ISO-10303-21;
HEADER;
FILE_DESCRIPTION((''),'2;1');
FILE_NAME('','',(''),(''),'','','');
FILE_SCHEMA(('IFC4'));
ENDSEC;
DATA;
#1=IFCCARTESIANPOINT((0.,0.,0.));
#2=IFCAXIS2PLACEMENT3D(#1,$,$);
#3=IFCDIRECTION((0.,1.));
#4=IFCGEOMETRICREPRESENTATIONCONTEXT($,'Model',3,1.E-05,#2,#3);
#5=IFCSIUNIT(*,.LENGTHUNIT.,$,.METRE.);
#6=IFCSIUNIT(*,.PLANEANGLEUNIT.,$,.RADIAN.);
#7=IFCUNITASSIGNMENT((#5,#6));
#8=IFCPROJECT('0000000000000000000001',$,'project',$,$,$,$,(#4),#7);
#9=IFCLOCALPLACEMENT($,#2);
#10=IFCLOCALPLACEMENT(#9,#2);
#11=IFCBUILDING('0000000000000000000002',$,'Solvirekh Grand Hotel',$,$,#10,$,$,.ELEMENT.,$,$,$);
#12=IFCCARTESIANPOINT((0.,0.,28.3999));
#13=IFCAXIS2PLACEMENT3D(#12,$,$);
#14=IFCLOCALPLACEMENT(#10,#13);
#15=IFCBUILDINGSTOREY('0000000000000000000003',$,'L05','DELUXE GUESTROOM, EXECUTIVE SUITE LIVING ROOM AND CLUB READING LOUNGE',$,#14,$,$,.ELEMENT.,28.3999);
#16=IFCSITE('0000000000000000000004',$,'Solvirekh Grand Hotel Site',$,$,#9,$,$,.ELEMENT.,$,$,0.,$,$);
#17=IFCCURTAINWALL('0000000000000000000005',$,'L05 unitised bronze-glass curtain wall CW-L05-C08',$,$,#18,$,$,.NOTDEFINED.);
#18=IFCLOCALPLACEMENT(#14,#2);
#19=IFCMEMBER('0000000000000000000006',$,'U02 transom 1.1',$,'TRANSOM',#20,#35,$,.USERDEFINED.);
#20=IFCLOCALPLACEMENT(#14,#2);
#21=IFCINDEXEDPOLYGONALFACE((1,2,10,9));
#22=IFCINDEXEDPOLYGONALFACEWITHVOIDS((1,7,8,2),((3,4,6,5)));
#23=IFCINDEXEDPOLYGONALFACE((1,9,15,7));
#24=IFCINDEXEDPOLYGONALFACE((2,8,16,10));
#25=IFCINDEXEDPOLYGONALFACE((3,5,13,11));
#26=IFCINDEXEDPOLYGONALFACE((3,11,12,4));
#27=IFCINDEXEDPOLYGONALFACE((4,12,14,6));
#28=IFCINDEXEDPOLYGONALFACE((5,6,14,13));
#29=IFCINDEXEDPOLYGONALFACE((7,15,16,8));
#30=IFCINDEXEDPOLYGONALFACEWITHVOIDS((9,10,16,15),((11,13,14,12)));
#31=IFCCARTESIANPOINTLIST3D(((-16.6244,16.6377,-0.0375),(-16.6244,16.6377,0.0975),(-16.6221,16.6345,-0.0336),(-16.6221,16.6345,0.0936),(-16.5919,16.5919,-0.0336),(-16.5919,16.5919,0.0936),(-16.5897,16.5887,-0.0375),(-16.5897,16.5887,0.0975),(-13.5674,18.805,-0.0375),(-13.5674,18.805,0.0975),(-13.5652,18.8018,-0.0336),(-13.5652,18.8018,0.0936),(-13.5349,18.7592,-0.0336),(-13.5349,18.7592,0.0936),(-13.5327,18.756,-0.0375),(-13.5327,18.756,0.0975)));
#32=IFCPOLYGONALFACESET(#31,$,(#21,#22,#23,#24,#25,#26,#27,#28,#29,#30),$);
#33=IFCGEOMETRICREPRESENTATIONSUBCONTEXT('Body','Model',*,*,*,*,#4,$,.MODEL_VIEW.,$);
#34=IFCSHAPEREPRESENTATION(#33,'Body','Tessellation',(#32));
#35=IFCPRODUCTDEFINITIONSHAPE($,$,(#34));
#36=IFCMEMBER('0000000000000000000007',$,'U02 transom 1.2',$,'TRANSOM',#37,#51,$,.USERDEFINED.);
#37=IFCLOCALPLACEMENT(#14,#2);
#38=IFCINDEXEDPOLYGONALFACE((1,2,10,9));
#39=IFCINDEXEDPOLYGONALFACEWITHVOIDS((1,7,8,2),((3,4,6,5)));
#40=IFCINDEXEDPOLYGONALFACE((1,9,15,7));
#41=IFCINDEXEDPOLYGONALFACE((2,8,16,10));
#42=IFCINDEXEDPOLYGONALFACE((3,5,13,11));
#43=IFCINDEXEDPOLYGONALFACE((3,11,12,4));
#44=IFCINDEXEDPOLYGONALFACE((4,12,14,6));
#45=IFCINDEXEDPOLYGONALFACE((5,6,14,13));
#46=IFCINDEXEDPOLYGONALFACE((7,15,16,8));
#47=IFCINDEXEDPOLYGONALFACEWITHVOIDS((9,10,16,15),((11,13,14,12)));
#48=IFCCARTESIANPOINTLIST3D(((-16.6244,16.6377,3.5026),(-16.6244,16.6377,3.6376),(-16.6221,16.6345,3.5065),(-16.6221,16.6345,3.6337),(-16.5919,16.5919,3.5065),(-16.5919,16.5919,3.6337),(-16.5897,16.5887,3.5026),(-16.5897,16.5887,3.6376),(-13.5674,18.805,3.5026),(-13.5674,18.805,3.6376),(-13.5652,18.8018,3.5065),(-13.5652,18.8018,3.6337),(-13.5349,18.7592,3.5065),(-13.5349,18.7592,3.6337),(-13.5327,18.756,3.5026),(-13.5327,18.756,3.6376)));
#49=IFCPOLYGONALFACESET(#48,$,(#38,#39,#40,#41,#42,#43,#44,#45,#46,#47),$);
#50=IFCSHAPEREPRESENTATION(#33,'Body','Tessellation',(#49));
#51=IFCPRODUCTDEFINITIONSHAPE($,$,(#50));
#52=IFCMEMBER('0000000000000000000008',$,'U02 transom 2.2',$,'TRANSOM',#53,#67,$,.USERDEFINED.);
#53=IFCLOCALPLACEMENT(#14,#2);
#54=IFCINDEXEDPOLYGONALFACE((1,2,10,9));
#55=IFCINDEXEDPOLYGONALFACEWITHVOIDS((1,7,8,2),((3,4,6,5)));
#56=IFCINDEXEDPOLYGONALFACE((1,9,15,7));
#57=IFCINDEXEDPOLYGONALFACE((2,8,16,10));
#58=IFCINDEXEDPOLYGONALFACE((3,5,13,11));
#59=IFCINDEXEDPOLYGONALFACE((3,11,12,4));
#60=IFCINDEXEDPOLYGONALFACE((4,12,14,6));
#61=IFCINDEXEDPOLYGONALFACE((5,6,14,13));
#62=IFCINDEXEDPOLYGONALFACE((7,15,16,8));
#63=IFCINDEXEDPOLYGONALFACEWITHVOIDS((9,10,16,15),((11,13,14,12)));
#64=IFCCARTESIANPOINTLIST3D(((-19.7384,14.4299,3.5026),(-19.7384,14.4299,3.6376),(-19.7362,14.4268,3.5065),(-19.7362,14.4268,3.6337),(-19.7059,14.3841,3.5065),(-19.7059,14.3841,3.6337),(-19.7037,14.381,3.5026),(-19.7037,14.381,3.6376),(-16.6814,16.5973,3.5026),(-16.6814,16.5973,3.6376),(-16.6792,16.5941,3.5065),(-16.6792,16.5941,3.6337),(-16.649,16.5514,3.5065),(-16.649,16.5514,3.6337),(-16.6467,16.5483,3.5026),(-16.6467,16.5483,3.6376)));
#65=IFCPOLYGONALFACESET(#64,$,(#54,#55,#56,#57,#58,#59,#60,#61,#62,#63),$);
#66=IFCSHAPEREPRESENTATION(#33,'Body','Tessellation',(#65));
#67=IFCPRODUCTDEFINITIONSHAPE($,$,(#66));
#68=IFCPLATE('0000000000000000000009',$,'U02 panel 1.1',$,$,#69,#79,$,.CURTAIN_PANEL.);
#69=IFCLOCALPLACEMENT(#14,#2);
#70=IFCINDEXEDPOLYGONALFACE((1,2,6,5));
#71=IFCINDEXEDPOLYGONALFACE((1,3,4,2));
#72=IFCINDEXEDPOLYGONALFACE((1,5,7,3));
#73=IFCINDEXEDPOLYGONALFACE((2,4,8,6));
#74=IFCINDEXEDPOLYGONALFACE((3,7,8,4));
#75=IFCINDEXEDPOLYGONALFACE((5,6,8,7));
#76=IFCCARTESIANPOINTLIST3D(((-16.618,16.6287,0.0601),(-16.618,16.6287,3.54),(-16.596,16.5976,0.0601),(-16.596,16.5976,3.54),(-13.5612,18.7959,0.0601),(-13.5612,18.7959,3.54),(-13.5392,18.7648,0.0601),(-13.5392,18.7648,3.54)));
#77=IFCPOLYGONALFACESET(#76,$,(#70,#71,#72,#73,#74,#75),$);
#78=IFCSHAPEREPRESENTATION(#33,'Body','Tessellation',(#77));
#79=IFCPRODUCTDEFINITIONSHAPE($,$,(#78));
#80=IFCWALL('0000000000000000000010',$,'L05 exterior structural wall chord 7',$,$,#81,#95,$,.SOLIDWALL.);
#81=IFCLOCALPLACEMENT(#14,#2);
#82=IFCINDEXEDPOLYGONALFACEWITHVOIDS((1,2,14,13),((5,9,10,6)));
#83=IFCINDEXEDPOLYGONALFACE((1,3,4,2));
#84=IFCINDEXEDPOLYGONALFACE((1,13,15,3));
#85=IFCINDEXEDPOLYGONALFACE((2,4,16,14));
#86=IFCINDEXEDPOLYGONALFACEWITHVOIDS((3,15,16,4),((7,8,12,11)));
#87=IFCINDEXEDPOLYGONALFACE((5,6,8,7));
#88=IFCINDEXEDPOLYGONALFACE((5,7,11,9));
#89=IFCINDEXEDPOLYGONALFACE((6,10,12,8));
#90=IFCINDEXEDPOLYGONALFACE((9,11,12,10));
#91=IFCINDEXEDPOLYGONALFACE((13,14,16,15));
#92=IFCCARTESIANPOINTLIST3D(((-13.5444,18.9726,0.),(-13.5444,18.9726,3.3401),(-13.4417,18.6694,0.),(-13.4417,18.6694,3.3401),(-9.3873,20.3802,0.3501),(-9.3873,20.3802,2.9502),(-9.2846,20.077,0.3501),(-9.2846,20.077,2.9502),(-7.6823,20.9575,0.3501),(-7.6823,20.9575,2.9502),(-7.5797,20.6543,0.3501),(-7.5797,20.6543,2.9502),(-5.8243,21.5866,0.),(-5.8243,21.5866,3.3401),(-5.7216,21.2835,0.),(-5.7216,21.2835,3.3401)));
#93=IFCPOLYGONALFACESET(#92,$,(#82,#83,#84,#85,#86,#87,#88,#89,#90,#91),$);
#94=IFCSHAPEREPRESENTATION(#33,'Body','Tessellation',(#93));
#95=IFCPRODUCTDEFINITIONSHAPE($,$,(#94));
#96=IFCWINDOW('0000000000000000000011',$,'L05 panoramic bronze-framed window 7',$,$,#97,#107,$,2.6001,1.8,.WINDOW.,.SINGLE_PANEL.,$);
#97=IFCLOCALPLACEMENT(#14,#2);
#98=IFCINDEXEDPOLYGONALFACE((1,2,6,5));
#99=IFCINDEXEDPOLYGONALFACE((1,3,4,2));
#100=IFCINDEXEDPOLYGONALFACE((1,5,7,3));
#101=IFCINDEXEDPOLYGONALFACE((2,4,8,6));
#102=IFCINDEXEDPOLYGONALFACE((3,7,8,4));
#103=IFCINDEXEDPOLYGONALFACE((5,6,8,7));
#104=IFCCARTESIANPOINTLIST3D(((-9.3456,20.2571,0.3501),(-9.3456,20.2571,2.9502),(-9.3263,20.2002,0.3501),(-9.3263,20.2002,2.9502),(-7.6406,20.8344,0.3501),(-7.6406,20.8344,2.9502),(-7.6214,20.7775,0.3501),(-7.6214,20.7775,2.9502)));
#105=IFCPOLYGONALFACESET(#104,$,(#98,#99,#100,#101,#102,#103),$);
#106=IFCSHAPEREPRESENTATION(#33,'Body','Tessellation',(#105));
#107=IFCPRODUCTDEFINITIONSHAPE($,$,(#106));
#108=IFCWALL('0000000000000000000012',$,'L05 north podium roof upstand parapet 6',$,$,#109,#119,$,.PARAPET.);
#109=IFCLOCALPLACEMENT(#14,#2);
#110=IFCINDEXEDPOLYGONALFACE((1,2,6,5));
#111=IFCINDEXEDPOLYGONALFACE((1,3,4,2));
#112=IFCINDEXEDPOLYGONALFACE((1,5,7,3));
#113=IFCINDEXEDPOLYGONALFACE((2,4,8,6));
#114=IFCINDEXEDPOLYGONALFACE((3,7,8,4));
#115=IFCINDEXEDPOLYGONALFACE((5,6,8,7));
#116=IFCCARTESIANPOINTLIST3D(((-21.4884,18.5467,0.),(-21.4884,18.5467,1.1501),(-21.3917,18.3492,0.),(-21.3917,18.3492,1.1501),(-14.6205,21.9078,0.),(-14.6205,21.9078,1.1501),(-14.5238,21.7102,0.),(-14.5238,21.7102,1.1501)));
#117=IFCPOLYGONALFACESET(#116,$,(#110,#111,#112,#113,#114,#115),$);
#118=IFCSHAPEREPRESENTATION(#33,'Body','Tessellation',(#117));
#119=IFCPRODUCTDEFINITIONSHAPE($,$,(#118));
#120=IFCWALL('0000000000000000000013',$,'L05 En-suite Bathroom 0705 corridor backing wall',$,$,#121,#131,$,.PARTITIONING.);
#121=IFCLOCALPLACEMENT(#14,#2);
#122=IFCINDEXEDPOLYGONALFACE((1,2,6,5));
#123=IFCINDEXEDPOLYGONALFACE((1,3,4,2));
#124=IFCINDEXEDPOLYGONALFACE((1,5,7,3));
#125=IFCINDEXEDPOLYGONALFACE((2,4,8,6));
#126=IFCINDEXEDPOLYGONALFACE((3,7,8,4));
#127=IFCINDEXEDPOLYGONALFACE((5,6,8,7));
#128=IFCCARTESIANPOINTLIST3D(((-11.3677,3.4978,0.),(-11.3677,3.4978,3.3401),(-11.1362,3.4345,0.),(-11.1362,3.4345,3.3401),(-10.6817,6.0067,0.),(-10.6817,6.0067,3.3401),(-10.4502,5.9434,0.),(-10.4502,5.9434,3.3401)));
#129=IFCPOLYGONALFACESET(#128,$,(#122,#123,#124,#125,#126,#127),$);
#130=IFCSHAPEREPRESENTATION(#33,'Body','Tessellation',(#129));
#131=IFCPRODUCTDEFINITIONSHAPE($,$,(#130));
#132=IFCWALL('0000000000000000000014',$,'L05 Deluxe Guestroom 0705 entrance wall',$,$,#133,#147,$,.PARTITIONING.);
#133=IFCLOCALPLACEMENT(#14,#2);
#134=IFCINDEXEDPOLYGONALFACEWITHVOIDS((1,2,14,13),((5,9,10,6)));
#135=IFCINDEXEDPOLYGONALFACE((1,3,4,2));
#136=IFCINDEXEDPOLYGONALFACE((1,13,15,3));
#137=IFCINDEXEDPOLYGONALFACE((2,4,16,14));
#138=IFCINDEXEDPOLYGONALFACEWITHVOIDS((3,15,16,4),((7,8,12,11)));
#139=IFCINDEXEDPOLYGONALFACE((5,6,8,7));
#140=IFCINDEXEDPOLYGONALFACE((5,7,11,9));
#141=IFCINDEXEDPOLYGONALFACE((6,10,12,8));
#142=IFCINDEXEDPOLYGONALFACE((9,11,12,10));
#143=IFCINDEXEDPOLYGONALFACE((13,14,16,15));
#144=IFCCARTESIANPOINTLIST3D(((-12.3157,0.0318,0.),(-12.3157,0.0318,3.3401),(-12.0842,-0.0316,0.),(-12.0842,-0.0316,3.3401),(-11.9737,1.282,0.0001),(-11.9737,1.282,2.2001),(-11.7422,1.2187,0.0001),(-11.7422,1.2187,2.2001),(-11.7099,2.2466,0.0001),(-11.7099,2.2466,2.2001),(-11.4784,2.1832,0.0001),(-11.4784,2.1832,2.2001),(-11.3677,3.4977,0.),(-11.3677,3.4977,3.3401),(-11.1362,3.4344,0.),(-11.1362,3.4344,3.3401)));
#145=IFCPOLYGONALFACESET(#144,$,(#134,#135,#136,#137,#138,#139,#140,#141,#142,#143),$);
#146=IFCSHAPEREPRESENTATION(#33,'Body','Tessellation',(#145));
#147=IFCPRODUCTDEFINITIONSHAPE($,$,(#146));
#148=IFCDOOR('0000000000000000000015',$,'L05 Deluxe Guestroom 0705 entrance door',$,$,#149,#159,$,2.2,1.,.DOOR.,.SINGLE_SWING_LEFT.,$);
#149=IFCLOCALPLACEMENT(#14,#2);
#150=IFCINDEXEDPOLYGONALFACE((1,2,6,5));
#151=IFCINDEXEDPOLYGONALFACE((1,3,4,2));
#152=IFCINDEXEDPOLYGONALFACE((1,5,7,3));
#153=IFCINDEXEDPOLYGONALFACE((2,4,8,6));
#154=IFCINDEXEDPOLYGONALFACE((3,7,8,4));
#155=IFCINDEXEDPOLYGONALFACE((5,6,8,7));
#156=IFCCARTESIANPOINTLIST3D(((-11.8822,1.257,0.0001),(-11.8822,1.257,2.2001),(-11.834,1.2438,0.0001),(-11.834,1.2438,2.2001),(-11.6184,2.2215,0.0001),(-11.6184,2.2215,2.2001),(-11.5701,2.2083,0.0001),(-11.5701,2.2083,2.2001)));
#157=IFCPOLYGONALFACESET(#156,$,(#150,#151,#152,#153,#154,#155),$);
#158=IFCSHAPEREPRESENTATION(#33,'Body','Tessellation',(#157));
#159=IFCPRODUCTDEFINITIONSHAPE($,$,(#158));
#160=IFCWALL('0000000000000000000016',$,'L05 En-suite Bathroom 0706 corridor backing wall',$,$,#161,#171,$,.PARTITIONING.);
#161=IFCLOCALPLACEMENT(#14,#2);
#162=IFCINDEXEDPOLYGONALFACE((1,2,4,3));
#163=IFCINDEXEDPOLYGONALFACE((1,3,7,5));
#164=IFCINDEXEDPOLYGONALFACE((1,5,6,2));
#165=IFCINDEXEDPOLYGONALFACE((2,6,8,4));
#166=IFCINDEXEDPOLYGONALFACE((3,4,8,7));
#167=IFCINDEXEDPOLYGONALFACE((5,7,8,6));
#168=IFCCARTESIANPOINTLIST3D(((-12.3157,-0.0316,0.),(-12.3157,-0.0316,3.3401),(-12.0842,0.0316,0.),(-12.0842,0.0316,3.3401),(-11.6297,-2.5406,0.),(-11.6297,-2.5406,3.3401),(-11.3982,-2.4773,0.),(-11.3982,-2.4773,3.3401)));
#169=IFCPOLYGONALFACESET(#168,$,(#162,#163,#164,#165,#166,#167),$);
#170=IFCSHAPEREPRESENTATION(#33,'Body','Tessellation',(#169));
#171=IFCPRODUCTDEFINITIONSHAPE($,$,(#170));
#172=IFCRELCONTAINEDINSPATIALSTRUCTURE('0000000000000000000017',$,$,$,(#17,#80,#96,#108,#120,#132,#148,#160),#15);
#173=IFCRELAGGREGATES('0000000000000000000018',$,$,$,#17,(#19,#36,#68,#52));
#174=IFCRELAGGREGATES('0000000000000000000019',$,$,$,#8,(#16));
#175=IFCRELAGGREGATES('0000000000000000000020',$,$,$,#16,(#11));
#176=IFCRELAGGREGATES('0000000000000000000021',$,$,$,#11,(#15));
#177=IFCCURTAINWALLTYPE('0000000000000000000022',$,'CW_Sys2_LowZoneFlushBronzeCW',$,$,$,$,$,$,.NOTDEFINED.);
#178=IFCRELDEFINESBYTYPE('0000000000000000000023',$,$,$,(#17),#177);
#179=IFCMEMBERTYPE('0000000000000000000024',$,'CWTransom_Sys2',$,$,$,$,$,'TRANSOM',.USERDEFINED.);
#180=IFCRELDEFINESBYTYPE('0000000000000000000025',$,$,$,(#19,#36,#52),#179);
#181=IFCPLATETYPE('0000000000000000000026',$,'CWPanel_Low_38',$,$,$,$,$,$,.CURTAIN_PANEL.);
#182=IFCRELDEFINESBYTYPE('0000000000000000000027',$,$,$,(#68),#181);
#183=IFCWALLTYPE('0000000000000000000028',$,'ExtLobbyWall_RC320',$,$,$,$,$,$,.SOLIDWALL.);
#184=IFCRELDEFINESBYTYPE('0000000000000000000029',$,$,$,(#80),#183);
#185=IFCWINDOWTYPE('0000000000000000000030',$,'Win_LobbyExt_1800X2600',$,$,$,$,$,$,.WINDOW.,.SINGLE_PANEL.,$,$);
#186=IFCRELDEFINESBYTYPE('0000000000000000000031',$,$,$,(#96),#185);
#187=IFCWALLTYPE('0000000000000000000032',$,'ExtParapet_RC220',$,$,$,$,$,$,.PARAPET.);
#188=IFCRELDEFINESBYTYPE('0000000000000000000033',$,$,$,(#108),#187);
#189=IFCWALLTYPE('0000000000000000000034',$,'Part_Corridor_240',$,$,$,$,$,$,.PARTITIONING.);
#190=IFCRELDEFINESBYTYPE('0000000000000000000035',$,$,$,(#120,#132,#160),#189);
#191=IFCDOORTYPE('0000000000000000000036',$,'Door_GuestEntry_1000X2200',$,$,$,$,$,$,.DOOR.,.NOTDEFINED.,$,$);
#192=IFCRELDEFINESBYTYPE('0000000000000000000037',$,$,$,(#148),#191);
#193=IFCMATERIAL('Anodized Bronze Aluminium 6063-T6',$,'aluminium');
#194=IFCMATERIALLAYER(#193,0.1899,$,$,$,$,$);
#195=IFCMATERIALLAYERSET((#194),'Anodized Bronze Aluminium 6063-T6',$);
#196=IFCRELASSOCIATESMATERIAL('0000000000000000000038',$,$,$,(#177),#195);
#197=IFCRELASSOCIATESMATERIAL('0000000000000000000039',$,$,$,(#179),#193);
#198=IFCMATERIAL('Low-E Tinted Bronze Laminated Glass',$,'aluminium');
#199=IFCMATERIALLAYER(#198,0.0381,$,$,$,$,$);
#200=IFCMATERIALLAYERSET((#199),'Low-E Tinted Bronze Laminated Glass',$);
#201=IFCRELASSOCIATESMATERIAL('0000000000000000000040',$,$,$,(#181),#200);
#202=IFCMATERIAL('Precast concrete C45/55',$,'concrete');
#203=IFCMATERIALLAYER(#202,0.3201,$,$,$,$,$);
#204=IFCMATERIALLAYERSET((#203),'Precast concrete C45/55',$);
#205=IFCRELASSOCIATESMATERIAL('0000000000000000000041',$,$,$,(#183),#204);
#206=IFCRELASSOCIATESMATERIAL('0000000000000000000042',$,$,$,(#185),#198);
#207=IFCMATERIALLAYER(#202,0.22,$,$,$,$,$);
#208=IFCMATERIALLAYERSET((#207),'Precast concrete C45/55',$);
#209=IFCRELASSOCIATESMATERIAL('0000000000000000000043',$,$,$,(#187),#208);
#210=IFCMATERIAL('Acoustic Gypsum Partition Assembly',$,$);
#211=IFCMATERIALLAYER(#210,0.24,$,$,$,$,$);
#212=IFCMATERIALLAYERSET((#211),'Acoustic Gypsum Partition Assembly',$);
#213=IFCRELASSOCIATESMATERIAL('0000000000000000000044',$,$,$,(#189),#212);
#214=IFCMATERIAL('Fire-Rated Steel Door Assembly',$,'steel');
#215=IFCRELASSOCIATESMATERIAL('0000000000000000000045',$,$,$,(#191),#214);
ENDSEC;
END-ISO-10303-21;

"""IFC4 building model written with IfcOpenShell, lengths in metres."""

from ifc_helpers import new_model, si_unit, direction, frame, frame_2d, origin, origin_2d, place, context, subcontext, project, spatial, rectangle, hollow_rectangle, extrude, source, transform, mapped, material, layer, layer_set, material_profile, profile_set, type_object, element, fill, aggregate, save


model = new_model("IFC4")

# Units and contexts
model_context = context("Model", 3, precision=1e-05, world=origin(), true_north=direction((0.0, 1.0)))
body_context = subcontext(model_context, "Body", "Model", "MODEL_VIEW")
ifc_project = project(units=[si_unit("LENGTHUNIT", "METRE"), si_unit("PLANEANGLEUNIT", "RADIAN")], contexts=[model_context])

# Site, building, storey
site_placement = place(None, origin())
site = spatial("IfcSite", under=ifc_project, at=site_placement, Name="Solvirekh Grand Hotel Site", CompositionType="ELEMENT", RefElevation=0.0)
building_placement = place(site_placement, origin())
building = spatial("IfcBuilding", under=site, at=building_placement, Name="Solvirekh Grand Hotel", CompositionType="ELEMENT")
storey_placement = place(building_placement, frame((0.0, 0.0, 28.3999)))
storey = spatial("IfcBuildingStorey", under=building, at=storey_placement, Name="L05", Description="DELUXE GUESTROOM, EXECUTIVE SUITE LIVING ROOM AND CLUB READING LOUNGE", CompositionType="ELEMENT", Elevation=28.3999)

# Curtain wall, members, plate
ifc_material_1 = material(Name="Anodized Bronze Aluminium 6063-T6", Category="aluminium")
ifc_layer_1 = layer(ifc_material_1, 0.1899)
ifc_layer_set_1 = layer_set([ifc_layer_1], Name="Anodized Bronze Aluminium 6063-T6")
curtain_wall_type = type_object("IfcCurtainWallType", Name="CW_Sys2_LowZoneFlushBronzeCW", PredefinedType="NOTDEFINED", material=ifc_layer_set_1)
curtain_wall_placement = place(storey_placement, origin())
curtain_wall = element("IfcCurtainWall", 1, at=curtain_wall_placement, inside=storey, type_object=curtain_wall_type, Name="L05 unitised bronze-glass curtain wall CW-L05-C08", PredefinedType="NOTDEFINED")
ifc_material_profile_1 = material_profile(ifc_material_1, hollow_rectangle(XDim=0.0601, YDim=0.135, WallThickness=0.0039, at=origin_2d()), Name="ALU RHS 135X60X4")
ifc_profile_set_1 = profile_set([ifc_material_profile_1], Name="Anodized Bronze Aluminium 6063-T6")
member_type_1 = type_object("IfcMemberType", Name="CWTransom_Sys2", ElementType="TRANSOM", PredefinedType="USERDEFINED", material=ifc_profile_set_1)
shared_shape_1 = source(origin(), body_context, "Body", "SweptSolid", [
    extrude(hollow_rectangle(XDim=0.0601, YDim=0.135, WallThickness=0.0039, at=origin_2d()), origin(), (0.0, 0.0, 1.0), 3.7473),
])
member_1_placement = place(storey_placement, frame((-13.55, 18.7805, 0.03), z_axis=(-0.81578, -0.578363, 0.0), x_axis=(0.578363, -0.81578, 0.0)))
member_1 = element("IfcMember", 2, at=member_1_placement, type_object=member_type_1, Name="U02 transom 1.1", ObjectType="TRANSOM", PredefinedType="USERDEFINED", context=body_context, shape_type="MappedRepresentation", body=[
    mapped(shared_shape_1, transform((0.0, 0.0, 0.0), x_axis=(1.0, 0.0, 0.0), y_axis=(0.0, 1.0, 0.0), z_axis=(0.0, 0.0, 1.0), scale=1.0)),
])
member_2_placement = place(storey_placement, frame((-13.55, 18.7805, 3.5701), z_axis=(-0.81578, -0.578363, 0.0), x_axis=(0.578363, -0.81578, 0.0)))
member_2 = element("IfcMember", 3, at=member_2_placement, type_object=member_type_1, Name="U02 transom 1.2", ObjectType="TRANSOM", PredefinedType="USERDEFINED", context=body_context, shape_type="MappedRepresentation", body=[
    mapped(shared_shape_1, transform((0.0, 0.0, 0.0), x_axis=(1.0, 0.0, 0.0), y_axis=(0.0, 1.0, 0.0), z_axis=(0.0, 0.0, 1.0), scale=1.0)),
])
member_3_placement = place(storey_placement, frame((-16.6641, 16.5728, 3.5701), z_axis=(-0.81578, -0.578363, 0.0), x_axis=(0.578363, -0.81578, 0.0)))
member_3 = element("IfcMember", 4, at=member_3_placement, type_object=member_type_1, Name="U02 transom 2.2", ObjectType="TRANSOM", PredefinedType="USERDEFINED", context=body_context, shape_type="MappedRepresentation", body=[
    mapped(shared_shape_1, transform((0.0, 0.0, 0.0), x_axis=(1.0, 0.0, 0.0), y_axis=(0.0, 1.0, 0.0), z_axis=(0.0, 0.0, 1.0), scale=1.0)),
])
ifc_material_2 = material(Name="Low-E Tinted Bronze Laminated Glass", Category="aluminium")
ifc_layer_2 = layer(ifc_material_2, 0.0381)
ifc_layer_set_2 = layer_set([ifc_layer_2], Name="Low-E Tinted Bronze Laminated Glass")
plate_type = type_object("IfcPlateType", Name="CWPanel_Low_38", PredefinedType="CURTAIN_PANEL", material=ifc_layer_set_2)
shared_shape_2 = source(origin(), body_context, "Body", "SweptSolid", [
    extrude(rectangle(XDim=3.7471, YDim=0.0381, at=origin_2d()), origin(), (0.0, 0.0, 1.0), 3.48),
])
plate_placement = place(storey_placement, frame((-15.0786, 17.6968, 0.0601), z_axis=(0.0, 0.0, 1.0), x_axis=(-0.815772, -0.578374, 0.0)))
plate = element("IfcPlate", 5, at=plate_placement, type_object=plate_type, Name="U02 panel 1.1", PredefinedType="CURTAIN_PANEL", context=body_context, shape_type="MappedRepresentation", body=[
    mapped(shared_shape_2, transform((0.0, 0.0, 0.0), x_axis=(1.0, 0.0, 0.0), y_axis=(0.0, 1.0, 0.0), z_axis=(0.0, 0.0, 1.0), scale=1.0)),
])
aggregate(curtain_wall, [member_1, member_2, plate, member_3])

# Wall, opening, window
ifc_material_3 = material(Name="Precast concrete C45/55", Category="concrete")
ifc_layer_3 = layer(ifc_material_3, 0.3201)
ifc_layer_set_3 = layer_set([ifc_layer_3], Name="Precast concrete C45/55")
wall_type_1 = type_object("IfcWallType", Name="ExtLobbyWall_RC320", PredefinedType="SOLIDWALL", material=ifc_layer_set_3)
wall_1_placement = place(storey_placement, frame((-13.4929, 18.821, 0.0), z_axis=(0.0, 0.0, 1.0), x_axis=(0.947175, 0.320717, 0.0)))
wall_1 = element("IfcWall", 6, at=wall_1_placement, inside=storey, type_object=wall_type_1, Name="L05 exterior structural wall chord 7", PredefinedType="SOLIDWALL", context=body_context, shape_type="SweptSolid", body=[
    extrude(rectangle(XDim=8.1506, YDim=0.3201, at=frame_2d((4.0752, 0.0))), origin(), (0.0, 0.0, 1.0), 3.3401),
])
opening_1_placement = place(wall_1_placement, frame((4.3889, 0.0, 0.3501)))
opening_1 = element("IfcOpeningElement", 7, at=opening_1_placement, cuts=wall_1, PredefinedType="OPENING", context=body_context, shape_type="SweptSolid", body=[
    extrude(rectangle(XDim=1.8, YDim=2.6001, at=frame_2d((0.8999, 1.3))), frame((0.0, 0.1699, 0.0), z_axis=(0.0, -1.0, 0.0), x_axis=(1.0, 0.0, 0.0)), (0.0, 0.0, 1.0), 0.3401),
])
window_type = type_object("IfcWindowType", Name="Win_LobbyExt_1800X2600", PartitioningType="SINGLE_PANEL", PredefinedType="WINDOW", material=ifc_material_2)
window_placement = place(opening_1_placement, origin())
window = element("IfcWindow", 8, at=window_placement, inside=storey, type_object=window_type, Name="L05 panoramic bronze-framed window 7", OverallHeight=2.6001, OverallWidth=1.8, PartitioningType="SINGLE_PANEL", PredefinedType="WINDOW", context=body_context, shape_type="SweptSolid", body=[
    extrude(rectangle(XDim=1.8, YDim=2.6001, at=frame_2d((0.8999, 1.3))), frame((0.0, 0.03, 0.0), z_axis=(0.0, -1.0, 0.0), x_axis=(1.0, 0.0, 0.0)), (0.0, 0.0, 1.0), 0.0601),
])
fill(opening_1, window)

# Walls
ifc_layer_4 = layer(ifc_material_3, 0.22)
ifc_layer_set_4 = layer_set([ifc_layer_4], Name="Precast concrete C45/55")
wall_type_2 = type_object("IfcWallType", Name="ExtParapet_RC220", PredefinedType="PARAPET", material=ifc_layer_set_4)
wall_2_placement = place(storey_placement, frame((-14.572, 21.8091, 0.0), z_axis=(0.0, 0.0, 1.0), x_axis=(-0.898207, -0.439573, 0.0)))
element("IfcWall", 9, at=wall_2_placement, inside=storey, type_object=wall_type_2, Name="L05 north podium roof upstand parapet 6", PredefinedType="PARAPET", context=body_context, shape_type="SweptSolid", body=[
    extrude(rectangle(XDim=7.6462, YDim=0.22, at=frame_2d((3.8232, 0.0))), origin(), (0.0, 0.0, 1.0), 1.1501),
])
ifc_material_4 = material(Name="Acoustic Gypsum Partition Assembly")
ifc_layer_5 = layer(ifc_material_4, 0.24)
ifc_layer_set_5 = layer_set([ifc_layer_5], Name="Acoustic Gypsum Partition Assembly")
wall_type_3 = type_object("IfcWallType", Name="Part_Corridor_240", PredefinedType="PARTITIONING", material=ifc_layer_set_5)
wall_3_placement = place(storey_placement, frame((-10.5659, 5.9751, 0.0), z_axis=(0.0, 0.0, 1.0), x_axis=(-0.263745, -0.964593, 0.0)))
element("IfcWall", 10, at=wall_3_placement, inside=storey, type_object=wall_type_3, Name="L05 En-suite Bathroom 0705 corridor backing wall", PredefinedType="PARTITIONING", context=body_context, shape_type="SweptSolid", body=[
    extrude(rectangle(XDim=2.6011, YDim=0.24, at=frame_2d((1.3005, 0.0))), origin(), (0.0, 0.0, 1.0), 3.3401),
])

# Wall, opening, door
wall_4_placement = place(storey_placement, frame((-11.252, 3.4661, 0.0), z_axis=(0.0, 0.0, 1.0), x_axis=(-0.263819, -0.964572, 0.0)))
wall_4 = element("IfcWall", 11, at=wall_4_placement, inside=storey, type_object=wall_type_3, Name="L05 Deluxe Guestroom 0705 entrance wall", PredefinedType="PARTITIONING", context=body_context, shape_type="SweptSolid", body=[
    extrude(rectangle(XDim=3.5933, YDim=0.24, at=frame_2d((1.7966, 0.0))), origin(), (0.0, 0.0, 1.0), 3.3401),
])
opening_2_placement = place(wall_4_placement, frame((1.2971, 0.0, 0.0)))
opening_2 = element("IfcOpeningElement", 12, at=opening_2_placement, cuts=wall_4, PredefinedType="OPENING", context=body_context, shape_type="SweptSolid", body=[
    extrude(rectangle(XDim=1.0, YDim=2.2, at=frame_2d((0.5, 1.1001))), frame((0.0, 0.1299, 0.0), z_axis=(0.0, -1.0, 0.0), x_axis=(1.0, 0.0, 0.0)), (0.0, 0.0, 1.0), 0.26),
])
ifc_material_5 = material(Name="Fire-Rated Steel Door Assembly", Category="steel")
door_type_1 = type_object("IfcDoorType", Name="Door_GuestEntry_1000X2200", OperationType="NOTDEFINED", PredefinedType="DOOR", material=ifc_material_5)
door_1_placement = place(opening_2_placement, origin())
door_1 = element("IfcDoor", 13, at=door_1_placement, inside=storey, type_object=door_type_1, Name="L05 Deluxe Guestroom 0705 entrance door", OperationType="SINGLE_SWING_LEFT", OverallHeight=2.2, OverallWidth=1.0, PredefinedType="DOOR", context=body_context, shape_type="SweptSolid", body=[
    extrude(rectangle(XDim=1.0, YDim=2.2, at=frame_2d((0.5, 1.1001))), frame((0.0, 0.0249, 0.0), z_axis=(0.0, -1.0, 0.0), x_axis=(1.0, 0.0, 0.0)), (0.0, 0.0, 1.0), 0.05),
])
fill(opening_2, door_1)

# Wall
wall_5_placement = place(storey_placement, frame((-12.2, 0.0, 0.0), z_axis=(0.0, 0.0, 1.0), x_axis=(0.263745, -0.964593, 0.0)))
element("IfcWall", 14, at=wall_5_placement, inside=storey, type_object=wall_type_3, Name="L05 En-suite Bathroom 0706 corridor backing wall", PredefinedType="PARTITIONING", context=body_context, shape_type="SweptSolid", body=[
    extrude(rectangle(XDim=2.6011, YDim=0.24, at=frame_2d((1.3005, 0.0))), origin(), (0.0, 0.0, 1.0), 3.3401),
])

save(model, "model.ifc")
